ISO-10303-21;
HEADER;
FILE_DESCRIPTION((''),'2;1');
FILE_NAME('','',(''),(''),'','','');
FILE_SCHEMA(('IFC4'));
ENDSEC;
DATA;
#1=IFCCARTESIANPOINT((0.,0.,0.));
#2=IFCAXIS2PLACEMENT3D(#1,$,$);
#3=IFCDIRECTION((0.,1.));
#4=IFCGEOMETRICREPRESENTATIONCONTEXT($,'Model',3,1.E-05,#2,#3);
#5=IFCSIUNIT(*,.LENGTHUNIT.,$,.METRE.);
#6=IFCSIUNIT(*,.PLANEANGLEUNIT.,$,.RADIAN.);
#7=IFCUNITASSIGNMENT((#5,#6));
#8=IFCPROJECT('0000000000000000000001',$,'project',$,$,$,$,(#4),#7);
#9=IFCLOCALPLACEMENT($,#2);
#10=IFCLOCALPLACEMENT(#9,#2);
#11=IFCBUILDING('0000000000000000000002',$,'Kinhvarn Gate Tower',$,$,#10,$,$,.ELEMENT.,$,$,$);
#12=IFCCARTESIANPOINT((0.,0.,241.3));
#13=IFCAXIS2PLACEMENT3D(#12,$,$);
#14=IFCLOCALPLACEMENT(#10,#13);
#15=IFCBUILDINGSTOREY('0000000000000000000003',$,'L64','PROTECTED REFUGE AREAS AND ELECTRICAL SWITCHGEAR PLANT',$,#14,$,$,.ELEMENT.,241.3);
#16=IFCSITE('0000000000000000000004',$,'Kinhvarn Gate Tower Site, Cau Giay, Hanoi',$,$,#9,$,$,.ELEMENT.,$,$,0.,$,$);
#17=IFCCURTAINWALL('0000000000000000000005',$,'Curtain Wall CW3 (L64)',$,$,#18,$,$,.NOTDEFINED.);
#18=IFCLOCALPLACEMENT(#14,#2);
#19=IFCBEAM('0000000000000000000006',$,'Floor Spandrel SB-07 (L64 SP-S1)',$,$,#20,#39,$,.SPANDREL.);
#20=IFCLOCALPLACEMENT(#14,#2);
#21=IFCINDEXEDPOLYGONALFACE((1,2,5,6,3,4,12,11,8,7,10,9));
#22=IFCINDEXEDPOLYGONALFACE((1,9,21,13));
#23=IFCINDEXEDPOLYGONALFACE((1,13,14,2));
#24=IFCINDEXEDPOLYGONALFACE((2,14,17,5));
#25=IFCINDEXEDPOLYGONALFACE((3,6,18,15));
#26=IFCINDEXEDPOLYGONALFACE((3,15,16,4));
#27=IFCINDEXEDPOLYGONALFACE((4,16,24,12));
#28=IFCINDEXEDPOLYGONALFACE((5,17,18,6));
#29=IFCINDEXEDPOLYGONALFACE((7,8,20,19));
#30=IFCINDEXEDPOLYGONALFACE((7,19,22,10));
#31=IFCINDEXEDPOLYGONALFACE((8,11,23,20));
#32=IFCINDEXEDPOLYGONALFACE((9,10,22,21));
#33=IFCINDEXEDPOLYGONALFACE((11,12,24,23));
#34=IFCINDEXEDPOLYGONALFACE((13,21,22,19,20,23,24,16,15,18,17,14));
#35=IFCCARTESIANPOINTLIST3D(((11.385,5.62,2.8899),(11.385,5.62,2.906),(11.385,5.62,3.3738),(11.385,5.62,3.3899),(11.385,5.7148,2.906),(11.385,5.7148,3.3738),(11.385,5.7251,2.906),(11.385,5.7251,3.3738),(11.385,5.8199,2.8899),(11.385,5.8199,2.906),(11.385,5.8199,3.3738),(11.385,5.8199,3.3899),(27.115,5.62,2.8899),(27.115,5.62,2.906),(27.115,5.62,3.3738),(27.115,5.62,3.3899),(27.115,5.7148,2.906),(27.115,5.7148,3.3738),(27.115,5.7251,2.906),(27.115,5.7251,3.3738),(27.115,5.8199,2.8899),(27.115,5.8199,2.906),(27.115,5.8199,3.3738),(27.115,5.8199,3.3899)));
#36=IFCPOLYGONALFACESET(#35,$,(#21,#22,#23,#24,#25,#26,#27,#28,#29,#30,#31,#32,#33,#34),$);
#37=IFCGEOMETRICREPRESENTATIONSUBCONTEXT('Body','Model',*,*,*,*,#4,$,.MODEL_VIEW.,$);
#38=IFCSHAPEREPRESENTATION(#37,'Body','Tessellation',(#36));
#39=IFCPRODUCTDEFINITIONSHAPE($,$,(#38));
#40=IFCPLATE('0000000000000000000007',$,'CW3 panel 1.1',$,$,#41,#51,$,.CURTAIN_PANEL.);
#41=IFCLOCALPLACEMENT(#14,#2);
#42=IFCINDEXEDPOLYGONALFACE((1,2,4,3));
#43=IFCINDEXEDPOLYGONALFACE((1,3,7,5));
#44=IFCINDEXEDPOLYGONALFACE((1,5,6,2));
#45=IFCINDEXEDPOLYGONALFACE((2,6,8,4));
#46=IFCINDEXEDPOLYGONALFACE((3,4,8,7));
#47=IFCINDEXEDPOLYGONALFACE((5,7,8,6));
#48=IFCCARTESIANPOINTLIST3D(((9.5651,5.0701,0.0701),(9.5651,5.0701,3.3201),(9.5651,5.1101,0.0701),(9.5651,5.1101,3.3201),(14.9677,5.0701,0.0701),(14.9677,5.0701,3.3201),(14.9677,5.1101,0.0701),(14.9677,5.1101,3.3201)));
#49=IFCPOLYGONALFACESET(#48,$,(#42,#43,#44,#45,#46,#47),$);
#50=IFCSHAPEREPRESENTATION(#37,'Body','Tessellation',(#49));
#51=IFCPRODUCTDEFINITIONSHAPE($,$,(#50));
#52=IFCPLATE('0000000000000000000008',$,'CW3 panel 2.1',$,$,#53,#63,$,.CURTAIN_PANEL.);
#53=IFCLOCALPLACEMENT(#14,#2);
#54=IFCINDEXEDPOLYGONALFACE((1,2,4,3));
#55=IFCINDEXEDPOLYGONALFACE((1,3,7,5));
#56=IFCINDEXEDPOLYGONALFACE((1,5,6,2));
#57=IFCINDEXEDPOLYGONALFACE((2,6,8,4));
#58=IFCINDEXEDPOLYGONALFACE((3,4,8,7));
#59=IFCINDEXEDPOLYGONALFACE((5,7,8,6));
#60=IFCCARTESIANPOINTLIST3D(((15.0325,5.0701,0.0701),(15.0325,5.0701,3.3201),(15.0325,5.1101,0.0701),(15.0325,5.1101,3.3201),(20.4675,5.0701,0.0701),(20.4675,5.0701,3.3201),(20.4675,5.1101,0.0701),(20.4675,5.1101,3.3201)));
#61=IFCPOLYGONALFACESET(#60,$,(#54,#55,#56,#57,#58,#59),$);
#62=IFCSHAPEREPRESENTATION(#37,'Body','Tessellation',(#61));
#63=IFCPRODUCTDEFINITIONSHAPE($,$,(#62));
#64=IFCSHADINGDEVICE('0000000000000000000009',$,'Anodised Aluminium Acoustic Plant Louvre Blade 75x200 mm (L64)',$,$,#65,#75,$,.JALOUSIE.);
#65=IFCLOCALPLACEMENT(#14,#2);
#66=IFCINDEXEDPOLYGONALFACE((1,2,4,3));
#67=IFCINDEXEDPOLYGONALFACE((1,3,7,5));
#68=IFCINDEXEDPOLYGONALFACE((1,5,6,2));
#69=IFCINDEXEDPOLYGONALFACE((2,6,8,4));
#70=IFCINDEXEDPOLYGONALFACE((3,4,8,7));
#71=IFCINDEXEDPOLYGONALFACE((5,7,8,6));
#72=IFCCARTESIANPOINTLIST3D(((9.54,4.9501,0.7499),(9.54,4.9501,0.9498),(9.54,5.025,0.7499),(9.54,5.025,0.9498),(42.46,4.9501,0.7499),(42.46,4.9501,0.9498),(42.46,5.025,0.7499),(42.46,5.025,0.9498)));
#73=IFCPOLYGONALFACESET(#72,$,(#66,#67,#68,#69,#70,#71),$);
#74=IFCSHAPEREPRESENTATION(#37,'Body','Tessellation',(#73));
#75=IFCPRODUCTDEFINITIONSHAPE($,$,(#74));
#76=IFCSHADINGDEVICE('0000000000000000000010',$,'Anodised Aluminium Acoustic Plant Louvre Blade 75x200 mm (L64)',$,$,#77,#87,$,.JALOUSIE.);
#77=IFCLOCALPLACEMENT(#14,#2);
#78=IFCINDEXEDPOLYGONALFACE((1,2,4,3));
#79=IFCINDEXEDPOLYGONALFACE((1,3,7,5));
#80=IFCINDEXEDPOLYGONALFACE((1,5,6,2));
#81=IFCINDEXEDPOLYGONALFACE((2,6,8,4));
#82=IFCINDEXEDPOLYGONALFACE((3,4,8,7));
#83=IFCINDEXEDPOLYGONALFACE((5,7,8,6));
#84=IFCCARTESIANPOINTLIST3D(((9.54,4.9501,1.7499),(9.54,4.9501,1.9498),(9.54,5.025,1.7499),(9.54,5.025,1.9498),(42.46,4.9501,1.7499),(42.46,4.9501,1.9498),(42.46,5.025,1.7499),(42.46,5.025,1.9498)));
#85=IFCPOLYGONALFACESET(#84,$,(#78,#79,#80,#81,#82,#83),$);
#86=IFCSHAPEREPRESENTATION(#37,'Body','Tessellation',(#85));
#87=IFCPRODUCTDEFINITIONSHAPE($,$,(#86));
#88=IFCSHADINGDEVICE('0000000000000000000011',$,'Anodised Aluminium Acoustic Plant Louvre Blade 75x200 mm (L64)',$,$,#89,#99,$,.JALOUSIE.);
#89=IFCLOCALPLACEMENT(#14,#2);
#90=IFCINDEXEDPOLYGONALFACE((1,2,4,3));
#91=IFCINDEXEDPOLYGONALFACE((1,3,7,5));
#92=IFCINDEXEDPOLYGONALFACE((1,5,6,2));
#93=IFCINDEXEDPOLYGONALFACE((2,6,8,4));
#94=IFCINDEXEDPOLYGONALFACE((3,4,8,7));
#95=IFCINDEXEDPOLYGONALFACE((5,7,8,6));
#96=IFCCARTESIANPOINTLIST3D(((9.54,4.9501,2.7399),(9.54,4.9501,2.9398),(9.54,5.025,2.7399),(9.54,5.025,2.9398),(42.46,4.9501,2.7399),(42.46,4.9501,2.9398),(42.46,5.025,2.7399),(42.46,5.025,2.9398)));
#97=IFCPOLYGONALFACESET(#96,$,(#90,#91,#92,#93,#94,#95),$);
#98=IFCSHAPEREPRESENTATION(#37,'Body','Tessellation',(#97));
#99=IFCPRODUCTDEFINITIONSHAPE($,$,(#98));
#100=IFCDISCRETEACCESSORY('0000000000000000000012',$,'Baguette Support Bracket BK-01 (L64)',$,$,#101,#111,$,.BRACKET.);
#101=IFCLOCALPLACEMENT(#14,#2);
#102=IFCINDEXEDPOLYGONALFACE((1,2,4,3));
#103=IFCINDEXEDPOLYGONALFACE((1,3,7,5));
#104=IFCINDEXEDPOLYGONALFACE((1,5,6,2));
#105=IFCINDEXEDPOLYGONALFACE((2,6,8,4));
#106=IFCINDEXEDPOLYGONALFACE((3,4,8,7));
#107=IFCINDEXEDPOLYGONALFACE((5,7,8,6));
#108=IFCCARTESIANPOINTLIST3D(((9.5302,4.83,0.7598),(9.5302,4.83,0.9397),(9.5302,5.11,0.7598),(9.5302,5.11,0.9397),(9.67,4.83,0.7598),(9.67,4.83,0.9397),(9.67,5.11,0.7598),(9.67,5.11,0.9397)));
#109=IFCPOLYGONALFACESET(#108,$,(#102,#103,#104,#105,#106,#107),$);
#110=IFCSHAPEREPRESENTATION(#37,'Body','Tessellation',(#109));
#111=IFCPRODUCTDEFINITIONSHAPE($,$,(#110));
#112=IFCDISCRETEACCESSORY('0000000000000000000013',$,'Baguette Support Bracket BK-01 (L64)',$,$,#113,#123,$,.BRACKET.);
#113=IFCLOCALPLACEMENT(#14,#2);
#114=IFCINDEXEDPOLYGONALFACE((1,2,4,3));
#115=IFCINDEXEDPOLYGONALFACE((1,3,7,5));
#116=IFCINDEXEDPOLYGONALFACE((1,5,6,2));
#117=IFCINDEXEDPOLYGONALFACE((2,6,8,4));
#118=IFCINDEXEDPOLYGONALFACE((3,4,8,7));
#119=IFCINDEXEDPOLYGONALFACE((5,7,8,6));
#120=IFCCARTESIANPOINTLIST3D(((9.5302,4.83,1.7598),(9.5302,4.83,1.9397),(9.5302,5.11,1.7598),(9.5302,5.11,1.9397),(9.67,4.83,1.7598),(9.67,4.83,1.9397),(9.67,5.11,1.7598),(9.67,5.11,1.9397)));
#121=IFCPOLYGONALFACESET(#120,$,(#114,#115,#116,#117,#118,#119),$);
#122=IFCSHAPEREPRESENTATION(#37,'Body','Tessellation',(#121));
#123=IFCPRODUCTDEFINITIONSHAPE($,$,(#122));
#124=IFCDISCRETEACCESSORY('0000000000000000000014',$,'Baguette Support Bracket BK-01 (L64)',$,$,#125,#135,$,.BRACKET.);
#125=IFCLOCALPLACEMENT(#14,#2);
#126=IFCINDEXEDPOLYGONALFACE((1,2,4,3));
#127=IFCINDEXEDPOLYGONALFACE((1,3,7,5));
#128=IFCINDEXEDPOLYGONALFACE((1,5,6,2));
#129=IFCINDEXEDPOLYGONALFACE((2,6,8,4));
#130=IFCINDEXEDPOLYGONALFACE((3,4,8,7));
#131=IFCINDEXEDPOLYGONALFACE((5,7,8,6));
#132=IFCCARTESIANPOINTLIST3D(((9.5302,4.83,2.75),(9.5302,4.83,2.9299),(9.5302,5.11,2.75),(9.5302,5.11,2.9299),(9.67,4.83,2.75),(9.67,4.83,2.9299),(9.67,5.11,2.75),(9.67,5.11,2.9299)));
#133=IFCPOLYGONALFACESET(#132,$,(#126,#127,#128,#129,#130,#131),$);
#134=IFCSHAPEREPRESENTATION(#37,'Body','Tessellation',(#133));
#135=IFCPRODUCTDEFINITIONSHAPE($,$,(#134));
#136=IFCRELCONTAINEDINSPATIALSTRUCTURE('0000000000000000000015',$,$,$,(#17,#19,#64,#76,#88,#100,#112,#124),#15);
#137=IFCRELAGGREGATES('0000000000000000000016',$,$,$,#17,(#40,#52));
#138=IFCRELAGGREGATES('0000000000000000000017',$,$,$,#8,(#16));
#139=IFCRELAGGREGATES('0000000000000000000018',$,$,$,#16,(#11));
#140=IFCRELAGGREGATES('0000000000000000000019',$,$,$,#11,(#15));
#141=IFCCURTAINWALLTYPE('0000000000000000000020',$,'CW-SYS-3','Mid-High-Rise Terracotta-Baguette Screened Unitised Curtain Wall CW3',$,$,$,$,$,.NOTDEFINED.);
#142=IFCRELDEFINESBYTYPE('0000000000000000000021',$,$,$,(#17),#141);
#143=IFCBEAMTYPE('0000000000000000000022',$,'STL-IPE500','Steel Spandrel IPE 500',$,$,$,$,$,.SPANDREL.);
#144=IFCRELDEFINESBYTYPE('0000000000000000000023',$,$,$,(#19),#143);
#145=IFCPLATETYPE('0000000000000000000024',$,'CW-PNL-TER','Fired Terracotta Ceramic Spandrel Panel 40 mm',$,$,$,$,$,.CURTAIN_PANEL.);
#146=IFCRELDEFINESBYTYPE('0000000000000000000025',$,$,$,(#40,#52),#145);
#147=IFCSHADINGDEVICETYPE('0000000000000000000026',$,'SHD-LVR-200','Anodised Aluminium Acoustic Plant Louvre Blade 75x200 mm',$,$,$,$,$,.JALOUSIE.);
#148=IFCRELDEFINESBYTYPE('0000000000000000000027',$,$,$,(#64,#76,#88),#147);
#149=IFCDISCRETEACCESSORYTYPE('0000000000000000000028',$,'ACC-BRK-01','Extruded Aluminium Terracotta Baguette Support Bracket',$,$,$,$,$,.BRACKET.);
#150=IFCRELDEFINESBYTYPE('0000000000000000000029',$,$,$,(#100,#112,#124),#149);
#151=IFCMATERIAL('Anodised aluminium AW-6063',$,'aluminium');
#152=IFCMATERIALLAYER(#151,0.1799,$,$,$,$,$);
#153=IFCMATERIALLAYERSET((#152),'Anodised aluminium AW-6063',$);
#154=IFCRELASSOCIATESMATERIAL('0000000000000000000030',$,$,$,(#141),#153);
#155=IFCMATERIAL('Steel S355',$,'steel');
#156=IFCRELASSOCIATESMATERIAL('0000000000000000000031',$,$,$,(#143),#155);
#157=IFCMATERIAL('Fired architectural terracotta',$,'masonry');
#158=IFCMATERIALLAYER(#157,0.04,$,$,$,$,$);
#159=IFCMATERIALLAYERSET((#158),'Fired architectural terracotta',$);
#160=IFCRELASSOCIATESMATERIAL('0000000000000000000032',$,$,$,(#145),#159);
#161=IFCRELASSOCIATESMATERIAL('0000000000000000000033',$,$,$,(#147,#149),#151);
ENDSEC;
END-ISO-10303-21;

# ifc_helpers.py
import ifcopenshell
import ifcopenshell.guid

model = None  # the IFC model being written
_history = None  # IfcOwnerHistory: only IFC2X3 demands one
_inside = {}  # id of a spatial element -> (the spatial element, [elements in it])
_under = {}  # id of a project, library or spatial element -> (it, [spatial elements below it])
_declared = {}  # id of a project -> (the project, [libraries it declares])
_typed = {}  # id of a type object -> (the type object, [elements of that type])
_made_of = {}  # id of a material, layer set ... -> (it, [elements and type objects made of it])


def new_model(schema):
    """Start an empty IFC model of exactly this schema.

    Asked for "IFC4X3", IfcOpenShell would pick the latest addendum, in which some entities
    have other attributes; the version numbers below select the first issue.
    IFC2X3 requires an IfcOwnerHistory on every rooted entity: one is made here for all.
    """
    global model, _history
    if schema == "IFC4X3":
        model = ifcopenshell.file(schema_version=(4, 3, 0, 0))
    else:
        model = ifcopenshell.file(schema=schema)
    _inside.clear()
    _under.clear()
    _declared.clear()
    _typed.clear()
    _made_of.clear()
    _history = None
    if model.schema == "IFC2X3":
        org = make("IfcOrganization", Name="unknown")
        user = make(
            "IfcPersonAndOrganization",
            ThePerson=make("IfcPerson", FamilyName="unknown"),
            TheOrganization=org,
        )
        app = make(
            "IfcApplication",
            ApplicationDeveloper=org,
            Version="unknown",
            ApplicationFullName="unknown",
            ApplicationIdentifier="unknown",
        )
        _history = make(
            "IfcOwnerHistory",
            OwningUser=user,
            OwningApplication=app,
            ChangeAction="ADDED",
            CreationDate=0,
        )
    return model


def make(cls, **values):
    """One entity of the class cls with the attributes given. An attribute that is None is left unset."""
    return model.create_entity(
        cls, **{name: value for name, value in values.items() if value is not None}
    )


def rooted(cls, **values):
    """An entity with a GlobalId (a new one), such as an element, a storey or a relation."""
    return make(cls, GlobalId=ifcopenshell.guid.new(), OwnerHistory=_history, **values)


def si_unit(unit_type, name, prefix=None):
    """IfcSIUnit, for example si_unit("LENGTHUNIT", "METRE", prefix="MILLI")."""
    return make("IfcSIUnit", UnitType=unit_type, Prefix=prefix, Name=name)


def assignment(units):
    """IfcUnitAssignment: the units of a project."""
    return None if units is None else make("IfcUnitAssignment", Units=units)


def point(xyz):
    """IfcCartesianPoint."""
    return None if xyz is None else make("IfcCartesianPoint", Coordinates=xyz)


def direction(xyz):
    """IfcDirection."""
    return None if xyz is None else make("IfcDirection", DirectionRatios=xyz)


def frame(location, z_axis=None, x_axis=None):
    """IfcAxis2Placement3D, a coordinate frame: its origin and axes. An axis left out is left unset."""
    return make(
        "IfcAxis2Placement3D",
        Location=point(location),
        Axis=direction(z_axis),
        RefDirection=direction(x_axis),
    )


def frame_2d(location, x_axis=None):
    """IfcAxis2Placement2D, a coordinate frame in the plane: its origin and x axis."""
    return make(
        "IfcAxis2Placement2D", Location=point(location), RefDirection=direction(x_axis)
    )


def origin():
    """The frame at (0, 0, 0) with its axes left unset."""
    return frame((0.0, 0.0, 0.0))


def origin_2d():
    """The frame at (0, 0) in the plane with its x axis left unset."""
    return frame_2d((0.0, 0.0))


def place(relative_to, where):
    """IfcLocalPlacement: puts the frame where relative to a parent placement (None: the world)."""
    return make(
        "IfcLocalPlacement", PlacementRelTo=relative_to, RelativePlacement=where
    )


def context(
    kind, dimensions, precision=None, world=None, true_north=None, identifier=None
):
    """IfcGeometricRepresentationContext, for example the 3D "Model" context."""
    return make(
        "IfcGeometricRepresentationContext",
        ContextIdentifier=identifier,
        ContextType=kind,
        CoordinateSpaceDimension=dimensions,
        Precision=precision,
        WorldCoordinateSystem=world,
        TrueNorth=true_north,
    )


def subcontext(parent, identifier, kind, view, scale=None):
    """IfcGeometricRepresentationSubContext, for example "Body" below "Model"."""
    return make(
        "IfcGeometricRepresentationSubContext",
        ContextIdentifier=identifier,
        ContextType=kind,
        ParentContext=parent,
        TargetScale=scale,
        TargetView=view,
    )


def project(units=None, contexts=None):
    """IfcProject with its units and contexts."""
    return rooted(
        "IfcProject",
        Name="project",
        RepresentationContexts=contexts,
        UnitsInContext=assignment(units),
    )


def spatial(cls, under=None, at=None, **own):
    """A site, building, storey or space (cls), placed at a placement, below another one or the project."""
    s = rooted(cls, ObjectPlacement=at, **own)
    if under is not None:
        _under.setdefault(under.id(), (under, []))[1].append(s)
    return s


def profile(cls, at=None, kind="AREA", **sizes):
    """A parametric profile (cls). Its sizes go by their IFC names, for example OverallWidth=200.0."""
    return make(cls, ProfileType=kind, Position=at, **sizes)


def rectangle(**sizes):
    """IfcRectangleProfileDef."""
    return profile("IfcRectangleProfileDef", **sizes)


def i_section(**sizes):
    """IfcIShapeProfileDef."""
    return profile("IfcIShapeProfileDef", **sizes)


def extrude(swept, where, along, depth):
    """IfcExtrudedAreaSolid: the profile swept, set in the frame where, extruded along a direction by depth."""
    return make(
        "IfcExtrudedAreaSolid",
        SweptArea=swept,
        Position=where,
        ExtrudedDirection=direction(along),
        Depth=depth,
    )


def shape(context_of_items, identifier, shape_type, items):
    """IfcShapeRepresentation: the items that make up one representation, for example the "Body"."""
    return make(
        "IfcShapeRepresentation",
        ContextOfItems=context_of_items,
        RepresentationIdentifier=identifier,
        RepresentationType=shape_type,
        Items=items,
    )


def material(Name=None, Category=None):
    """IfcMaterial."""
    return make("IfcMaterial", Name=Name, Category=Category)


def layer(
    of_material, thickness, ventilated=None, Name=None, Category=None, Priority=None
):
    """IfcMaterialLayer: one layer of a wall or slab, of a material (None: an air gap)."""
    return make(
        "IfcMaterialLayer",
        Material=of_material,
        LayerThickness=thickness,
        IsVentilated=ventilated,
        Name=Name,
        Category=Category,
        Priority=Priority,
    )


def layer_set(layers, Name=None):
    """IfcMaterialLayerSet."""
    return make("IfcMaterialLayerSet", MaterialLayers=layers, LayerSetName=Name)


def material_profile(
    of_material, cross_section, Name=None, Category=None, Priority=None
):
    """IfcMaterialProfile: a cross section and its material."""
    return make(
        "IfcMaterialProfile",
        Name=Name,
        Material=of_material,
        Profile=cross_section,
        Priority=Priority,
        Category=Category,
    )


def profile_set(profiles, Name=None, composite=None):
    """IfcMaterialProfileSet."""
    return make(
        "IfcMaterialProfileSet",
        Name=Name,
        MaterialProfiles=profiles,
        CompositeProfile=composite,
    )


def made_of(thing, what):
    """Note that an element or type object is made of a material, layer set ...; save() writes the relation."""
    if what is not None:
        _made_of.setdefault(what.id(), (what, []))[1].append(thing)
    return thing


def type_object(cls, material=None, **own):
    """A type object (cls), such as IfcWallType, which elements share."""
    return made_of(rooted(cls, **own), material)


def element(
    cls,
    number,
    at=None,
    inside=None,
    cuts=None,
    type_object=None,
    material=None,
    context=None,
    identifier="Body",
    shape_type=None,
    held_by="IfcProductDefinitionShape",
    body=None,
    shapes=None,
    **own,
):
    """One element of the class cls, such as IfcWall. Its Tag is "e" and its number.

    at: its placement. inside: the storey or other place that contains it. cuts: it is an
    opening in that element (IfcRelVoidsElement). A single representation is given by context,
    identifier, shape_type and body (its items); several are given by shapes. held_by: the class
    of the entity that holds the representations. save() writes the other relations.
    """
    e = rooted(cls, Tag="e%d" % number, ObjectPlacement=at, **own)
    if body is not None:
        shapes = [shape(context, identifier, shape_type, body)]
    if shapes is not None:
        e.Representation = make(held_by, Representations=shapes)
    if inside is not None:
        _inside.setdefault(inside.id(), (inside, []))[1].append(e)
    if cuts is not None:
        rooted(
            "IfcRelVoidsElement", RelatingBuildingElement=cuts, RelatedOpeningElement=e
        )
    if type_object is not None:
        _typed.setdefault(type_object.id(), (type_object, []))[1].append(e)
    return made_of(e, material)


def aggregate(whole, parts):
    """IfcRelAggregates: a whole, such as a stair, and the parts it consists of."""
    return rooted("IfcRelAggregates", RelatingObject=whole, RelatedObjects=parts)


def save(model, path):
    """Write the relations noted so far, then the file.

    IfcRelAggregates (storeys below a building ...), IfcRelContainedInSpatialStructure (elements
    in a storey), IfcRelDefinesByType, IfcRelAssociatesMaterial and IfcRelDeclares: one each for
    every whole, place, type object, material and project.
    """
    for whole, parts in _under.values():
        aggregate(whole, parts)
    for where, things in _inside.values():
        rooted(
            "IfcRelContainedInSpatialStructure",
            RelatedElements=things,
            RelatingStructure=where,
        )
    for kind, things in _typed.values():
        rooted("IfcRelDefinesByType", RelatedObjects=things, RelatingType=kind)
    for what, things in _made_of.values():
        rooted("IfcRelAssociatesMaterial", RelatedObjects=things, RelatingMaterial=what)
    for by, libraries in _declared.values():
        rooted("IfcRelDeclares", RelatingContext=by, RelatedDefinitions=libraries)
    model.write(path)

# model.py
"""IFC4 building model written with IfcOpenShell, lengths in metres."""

from ifc_helpers import new_model, si_unit, direction, frame, origin, origin_2d, place, context, subcontext, project, spatial, rectangle, i_section, extrude, material, layer, layer_set, material_profile, profile_set, type_object, element, aggregate, save


model = new_model("IFC4")

# Units and contexts
model_context = context("Model", 3, precision=1e-05, world=origin(), true_north=direction((0.0, 1.0)))
body_context = subcontext(model_context, "Body", "Model", "MODEL_VIEW")
ifc_project = project(units=[si_unit("LENGTHUNIT", "METRE"), si_unit("PLANEANGLEUNIT", "RADIAN")], contexts=[model_context])

# Site, building, storey
site_placement = place(None, origin())
site = spatial("IfcSite", under=ifc_project, at=site_placement, Name="Kinhvarn Gate Tower Site, Cau Giay, Hanoi", CompositionType="ELEMENT", RefElevation=0.0)
building_placement = place(site_placement, origin())
building = spatial("IfcBuilding", under=site, at=building_placement, Name="Kinhvarn Gate Tower", CompositionType="ELEMENT")
storey_placement = place(building_placement, frame((0.0, 0.0, 241.3)))
storey = spatial("IfcBuildingStorey", under=building, at=storey_placement, Name="L64", Description="PROTECTED REFUGE AREAS AND ELECTRICAL SWITCHGEAR PLANT", CompositionType="ELEMENT", Elevation=241.3)

# Curtain wall
ifc_material_1 = material(Name="Anodised aluminium AW-6063", Category="aluminium")
ifc_layer_1 = layer(ifc_material_1, 0.1799)
ifc_layer_set_1 = layer_set([ifc_layer_1], Name="Anodised aluminium AW-6063")
curtain_wall_type = type_object("IfcCurtainWallType", Name="CW-SYS-3", Description="Mid-High-Rise Terracotta-Baguette Screened Unitised Curtain Wall CW3", PredefinedType="NOTDEFINED", material=ifc_layer_set_1)
curtain_wall_placement = place(storey_placement, origin())
curtain_wall = element("IfcCurtainWall", 1, at=curtain_wall_placement, inside=storey, type_object=curtain_wall_type, Name="Curtain Wall CW3 (L64)", PredefinedType="NOTDEFINED")

# Beam
ifc_material_2 = material(Name="Steel S355", Category="steel")
ifc_material_profile_1 = material_profile(ifc_material_2, i_section(OverallWidth=0.2, OverallDepth=0.5, WebThickness=0.0103, FlangeThickness=0.0161, at=origin_2d()), Name="IPE 500")
ifc_profile_set_1 = profile_set([ifc_material_profile_1], Name="Steel S355")
beam_type_1 = type_object("IfcBeamType", Name="STL-IPE500", Description="Steel Spandrel IPE 500", PredefinedType="SPANDREL", material=ifc_profile_set_1)
beam_1_placement = place(storey_placement, frame((11.385, 5.72, 3.1399), z_axis=(1.0, 0.0, 0.0), x_axis=(0.0, 1.0, 0.0)))
element("IfcBeam", 2, at=beam_1_placement, inside=storey, type_object=beam_type_1, Name="Floor Spandrel SB-07 (L64 SP-S1)", PredefinedType="SPANDREL", context=body_context, shape_type="SweptSolid", body=[
    extrude(i_section(OverallWidth=0.2, OverallDepth=0.5, WebThickness=0.0103, FlangeThickness=0.0161, at=origin_2d()), origin(), (0.0, 0.0, 1.0), 15.73),
])

# Plates
ifc_material_3 = material(Name="Fired architectural terracotta", Category="masonry")
ifc_layer_2 = layer(ifc_material_3, 0.04)
ifc_layer_set_2 = layer_set([ifc_layer_2], Name="Fired architectural terracotta")
plate_type = type_object("IfcPlateType", Name="CW-PNL-TER", Description="Fired Terracotta Ceramic Spandrel Panel 40 mm", PredefinedType="CURTAIN_PANEL", material=ifc_layer_set_2)
plate_1_placement = place(storey_placement, frame((12.2664, 5.0901, 0.0701), z_axis=(0.0, 0.0, 1.0), x_axis=(1.0, 0.0, 0.0)))
plate_1 = element("IfcPlate", 3, at=plate_1_placement, type_object=plate_type, Name="CW3 panel 1.1", PredefinedType="CURTAIN_PANEL", context=body_context, shape_type="SweptSolid", body=[
    extrude(rectangle(XDim=5.4026, YDim=0.04, at=origin_2d()), origin(), (0.0, 0.0, 1.0), 3.25),
])
plate_2_placement = place(storey_placement, frame((17.75, 5.0901, 0.0701), z_axis=(0.0, 0.0, 1.0), x_axis=(1.0, 0.0, 0.0)))
plate_2 = element("IfcPlate", 4, at=plate_2_placement, type_object=plate_type, Name="CW3 panel 2.1", PredefinedType="CURTAIN_PANEL", context=body_context, shape_type="SweptSolid", body=[
    extrude(rectangle(XDim=5.4351, YDim=0.04, at=origin_2d()), origin(), (0.0, 0.0, 1.0), 3.25),
])
aggregate(curtain_wall, [plate_1, plate_2])

# Shading devices
ifc_material_profile_2 = material_profile(ifc_material_1, rectangle(XDim=0.075, YDim=0.2, at=origin_2d()), Name="LOUVRE 75x200")
ifc_profile_set_2 = profile_set([ifc_material_profile_2], Name="Anodised aluminium AW-6063")
shading_device_type = type_object("IfcShadingDeviceType", Name="SHD-LVR-200", Description="Anodised Aluminium Acoustic Plant Louvre Blade 75x200 mm", PredefinedType="JALOUSIE", material=ifc_profile_set_2)
for number, where, z_axis, x_axis, name in (
    (5, (9.54, 4.9875, 0.8499), (1.0, 0.0, 0.0), (0.0, 1.0, 0.0), "Anodised Aluminium Acoustic Plant Louvre Blade 75x200 mm (L64)"),
    (6, (9.54, 4.9875, 1.8499), (1.0, 0.0, 0.0), (0.0, 1.0, 0.0), "Anodised Aluminium Acoustic Plant Louvre Blade 75x200 mm (L64)"),
    (7, (9.54, 4.9875, 2.8398), (1.0, 0.0, 0.0), (0.0, 1.0, 0.0), "Anodised Aluminium Acoustic Plant Louvre Blade 75x200 mm (L64)"),
):
    element("IfcShadingDevice", number, at=place(storey_placement, frame(where, z_axis=z_axis, x_axis=x_axis)), inside=storey, type_object=shading_device_type, Name=name, PredefinedType="JALOUSIE", context=body_context, shape_type="SweptSolid", body=[
        extrude(rectangle(XDim=0.075, YDim=0.2, at=origin_2d()), origin(), (0.0, 0.0, 1.0), 32.9199),
    ])

# Discrete accessories
discrete_accessory_type = type_object("IfcDiscreteAccessoryType", Name="ACC-BRK-01", Description="Extruded Aluminium Terracotta Baguette Support Bracket", PredefinedType="BRACKET", material=ifc_material_1)
for number, where, z_axis, x_axis, name in (
    (8, (9.6001, 4.97, 0.7598), (0.0, 0.0, 1.0), (1.0, 0.0, 0.0), "Baguette Support Bracket BK-01 (L64)"),
    (9, (9.6001, 4.97, 1.7598), (0.0, 0.0, 1.0), (1.0, 0.0, 0.0), "Baguette Support Bracket BK-01 (L64)"),
    (10, (9.6001, 4.97, 2.75), (0.0, 0.0, 1.0), (1.0, 0.0, 0.0), "Baguette Support Bracket BK-01 (L64)"),
):
    element("IfcDiscreteAccessory", number, at=place(storey_placement, frame(where, z_axis=z_axis, x_axis=x_axis)), inside=storey, type_object=discrete_accessory_type, Name=name, PredefinedType="BRACKET", context=body_context, shape_type="SweptSolid", body=[
        extrude(rectangle(XDim=0.1399, YDim=0.28, at=origin_2d()), origin(), (0.0, 0.0, 1.0), 0.1799),
    ])

save(model, "model.ifc")
